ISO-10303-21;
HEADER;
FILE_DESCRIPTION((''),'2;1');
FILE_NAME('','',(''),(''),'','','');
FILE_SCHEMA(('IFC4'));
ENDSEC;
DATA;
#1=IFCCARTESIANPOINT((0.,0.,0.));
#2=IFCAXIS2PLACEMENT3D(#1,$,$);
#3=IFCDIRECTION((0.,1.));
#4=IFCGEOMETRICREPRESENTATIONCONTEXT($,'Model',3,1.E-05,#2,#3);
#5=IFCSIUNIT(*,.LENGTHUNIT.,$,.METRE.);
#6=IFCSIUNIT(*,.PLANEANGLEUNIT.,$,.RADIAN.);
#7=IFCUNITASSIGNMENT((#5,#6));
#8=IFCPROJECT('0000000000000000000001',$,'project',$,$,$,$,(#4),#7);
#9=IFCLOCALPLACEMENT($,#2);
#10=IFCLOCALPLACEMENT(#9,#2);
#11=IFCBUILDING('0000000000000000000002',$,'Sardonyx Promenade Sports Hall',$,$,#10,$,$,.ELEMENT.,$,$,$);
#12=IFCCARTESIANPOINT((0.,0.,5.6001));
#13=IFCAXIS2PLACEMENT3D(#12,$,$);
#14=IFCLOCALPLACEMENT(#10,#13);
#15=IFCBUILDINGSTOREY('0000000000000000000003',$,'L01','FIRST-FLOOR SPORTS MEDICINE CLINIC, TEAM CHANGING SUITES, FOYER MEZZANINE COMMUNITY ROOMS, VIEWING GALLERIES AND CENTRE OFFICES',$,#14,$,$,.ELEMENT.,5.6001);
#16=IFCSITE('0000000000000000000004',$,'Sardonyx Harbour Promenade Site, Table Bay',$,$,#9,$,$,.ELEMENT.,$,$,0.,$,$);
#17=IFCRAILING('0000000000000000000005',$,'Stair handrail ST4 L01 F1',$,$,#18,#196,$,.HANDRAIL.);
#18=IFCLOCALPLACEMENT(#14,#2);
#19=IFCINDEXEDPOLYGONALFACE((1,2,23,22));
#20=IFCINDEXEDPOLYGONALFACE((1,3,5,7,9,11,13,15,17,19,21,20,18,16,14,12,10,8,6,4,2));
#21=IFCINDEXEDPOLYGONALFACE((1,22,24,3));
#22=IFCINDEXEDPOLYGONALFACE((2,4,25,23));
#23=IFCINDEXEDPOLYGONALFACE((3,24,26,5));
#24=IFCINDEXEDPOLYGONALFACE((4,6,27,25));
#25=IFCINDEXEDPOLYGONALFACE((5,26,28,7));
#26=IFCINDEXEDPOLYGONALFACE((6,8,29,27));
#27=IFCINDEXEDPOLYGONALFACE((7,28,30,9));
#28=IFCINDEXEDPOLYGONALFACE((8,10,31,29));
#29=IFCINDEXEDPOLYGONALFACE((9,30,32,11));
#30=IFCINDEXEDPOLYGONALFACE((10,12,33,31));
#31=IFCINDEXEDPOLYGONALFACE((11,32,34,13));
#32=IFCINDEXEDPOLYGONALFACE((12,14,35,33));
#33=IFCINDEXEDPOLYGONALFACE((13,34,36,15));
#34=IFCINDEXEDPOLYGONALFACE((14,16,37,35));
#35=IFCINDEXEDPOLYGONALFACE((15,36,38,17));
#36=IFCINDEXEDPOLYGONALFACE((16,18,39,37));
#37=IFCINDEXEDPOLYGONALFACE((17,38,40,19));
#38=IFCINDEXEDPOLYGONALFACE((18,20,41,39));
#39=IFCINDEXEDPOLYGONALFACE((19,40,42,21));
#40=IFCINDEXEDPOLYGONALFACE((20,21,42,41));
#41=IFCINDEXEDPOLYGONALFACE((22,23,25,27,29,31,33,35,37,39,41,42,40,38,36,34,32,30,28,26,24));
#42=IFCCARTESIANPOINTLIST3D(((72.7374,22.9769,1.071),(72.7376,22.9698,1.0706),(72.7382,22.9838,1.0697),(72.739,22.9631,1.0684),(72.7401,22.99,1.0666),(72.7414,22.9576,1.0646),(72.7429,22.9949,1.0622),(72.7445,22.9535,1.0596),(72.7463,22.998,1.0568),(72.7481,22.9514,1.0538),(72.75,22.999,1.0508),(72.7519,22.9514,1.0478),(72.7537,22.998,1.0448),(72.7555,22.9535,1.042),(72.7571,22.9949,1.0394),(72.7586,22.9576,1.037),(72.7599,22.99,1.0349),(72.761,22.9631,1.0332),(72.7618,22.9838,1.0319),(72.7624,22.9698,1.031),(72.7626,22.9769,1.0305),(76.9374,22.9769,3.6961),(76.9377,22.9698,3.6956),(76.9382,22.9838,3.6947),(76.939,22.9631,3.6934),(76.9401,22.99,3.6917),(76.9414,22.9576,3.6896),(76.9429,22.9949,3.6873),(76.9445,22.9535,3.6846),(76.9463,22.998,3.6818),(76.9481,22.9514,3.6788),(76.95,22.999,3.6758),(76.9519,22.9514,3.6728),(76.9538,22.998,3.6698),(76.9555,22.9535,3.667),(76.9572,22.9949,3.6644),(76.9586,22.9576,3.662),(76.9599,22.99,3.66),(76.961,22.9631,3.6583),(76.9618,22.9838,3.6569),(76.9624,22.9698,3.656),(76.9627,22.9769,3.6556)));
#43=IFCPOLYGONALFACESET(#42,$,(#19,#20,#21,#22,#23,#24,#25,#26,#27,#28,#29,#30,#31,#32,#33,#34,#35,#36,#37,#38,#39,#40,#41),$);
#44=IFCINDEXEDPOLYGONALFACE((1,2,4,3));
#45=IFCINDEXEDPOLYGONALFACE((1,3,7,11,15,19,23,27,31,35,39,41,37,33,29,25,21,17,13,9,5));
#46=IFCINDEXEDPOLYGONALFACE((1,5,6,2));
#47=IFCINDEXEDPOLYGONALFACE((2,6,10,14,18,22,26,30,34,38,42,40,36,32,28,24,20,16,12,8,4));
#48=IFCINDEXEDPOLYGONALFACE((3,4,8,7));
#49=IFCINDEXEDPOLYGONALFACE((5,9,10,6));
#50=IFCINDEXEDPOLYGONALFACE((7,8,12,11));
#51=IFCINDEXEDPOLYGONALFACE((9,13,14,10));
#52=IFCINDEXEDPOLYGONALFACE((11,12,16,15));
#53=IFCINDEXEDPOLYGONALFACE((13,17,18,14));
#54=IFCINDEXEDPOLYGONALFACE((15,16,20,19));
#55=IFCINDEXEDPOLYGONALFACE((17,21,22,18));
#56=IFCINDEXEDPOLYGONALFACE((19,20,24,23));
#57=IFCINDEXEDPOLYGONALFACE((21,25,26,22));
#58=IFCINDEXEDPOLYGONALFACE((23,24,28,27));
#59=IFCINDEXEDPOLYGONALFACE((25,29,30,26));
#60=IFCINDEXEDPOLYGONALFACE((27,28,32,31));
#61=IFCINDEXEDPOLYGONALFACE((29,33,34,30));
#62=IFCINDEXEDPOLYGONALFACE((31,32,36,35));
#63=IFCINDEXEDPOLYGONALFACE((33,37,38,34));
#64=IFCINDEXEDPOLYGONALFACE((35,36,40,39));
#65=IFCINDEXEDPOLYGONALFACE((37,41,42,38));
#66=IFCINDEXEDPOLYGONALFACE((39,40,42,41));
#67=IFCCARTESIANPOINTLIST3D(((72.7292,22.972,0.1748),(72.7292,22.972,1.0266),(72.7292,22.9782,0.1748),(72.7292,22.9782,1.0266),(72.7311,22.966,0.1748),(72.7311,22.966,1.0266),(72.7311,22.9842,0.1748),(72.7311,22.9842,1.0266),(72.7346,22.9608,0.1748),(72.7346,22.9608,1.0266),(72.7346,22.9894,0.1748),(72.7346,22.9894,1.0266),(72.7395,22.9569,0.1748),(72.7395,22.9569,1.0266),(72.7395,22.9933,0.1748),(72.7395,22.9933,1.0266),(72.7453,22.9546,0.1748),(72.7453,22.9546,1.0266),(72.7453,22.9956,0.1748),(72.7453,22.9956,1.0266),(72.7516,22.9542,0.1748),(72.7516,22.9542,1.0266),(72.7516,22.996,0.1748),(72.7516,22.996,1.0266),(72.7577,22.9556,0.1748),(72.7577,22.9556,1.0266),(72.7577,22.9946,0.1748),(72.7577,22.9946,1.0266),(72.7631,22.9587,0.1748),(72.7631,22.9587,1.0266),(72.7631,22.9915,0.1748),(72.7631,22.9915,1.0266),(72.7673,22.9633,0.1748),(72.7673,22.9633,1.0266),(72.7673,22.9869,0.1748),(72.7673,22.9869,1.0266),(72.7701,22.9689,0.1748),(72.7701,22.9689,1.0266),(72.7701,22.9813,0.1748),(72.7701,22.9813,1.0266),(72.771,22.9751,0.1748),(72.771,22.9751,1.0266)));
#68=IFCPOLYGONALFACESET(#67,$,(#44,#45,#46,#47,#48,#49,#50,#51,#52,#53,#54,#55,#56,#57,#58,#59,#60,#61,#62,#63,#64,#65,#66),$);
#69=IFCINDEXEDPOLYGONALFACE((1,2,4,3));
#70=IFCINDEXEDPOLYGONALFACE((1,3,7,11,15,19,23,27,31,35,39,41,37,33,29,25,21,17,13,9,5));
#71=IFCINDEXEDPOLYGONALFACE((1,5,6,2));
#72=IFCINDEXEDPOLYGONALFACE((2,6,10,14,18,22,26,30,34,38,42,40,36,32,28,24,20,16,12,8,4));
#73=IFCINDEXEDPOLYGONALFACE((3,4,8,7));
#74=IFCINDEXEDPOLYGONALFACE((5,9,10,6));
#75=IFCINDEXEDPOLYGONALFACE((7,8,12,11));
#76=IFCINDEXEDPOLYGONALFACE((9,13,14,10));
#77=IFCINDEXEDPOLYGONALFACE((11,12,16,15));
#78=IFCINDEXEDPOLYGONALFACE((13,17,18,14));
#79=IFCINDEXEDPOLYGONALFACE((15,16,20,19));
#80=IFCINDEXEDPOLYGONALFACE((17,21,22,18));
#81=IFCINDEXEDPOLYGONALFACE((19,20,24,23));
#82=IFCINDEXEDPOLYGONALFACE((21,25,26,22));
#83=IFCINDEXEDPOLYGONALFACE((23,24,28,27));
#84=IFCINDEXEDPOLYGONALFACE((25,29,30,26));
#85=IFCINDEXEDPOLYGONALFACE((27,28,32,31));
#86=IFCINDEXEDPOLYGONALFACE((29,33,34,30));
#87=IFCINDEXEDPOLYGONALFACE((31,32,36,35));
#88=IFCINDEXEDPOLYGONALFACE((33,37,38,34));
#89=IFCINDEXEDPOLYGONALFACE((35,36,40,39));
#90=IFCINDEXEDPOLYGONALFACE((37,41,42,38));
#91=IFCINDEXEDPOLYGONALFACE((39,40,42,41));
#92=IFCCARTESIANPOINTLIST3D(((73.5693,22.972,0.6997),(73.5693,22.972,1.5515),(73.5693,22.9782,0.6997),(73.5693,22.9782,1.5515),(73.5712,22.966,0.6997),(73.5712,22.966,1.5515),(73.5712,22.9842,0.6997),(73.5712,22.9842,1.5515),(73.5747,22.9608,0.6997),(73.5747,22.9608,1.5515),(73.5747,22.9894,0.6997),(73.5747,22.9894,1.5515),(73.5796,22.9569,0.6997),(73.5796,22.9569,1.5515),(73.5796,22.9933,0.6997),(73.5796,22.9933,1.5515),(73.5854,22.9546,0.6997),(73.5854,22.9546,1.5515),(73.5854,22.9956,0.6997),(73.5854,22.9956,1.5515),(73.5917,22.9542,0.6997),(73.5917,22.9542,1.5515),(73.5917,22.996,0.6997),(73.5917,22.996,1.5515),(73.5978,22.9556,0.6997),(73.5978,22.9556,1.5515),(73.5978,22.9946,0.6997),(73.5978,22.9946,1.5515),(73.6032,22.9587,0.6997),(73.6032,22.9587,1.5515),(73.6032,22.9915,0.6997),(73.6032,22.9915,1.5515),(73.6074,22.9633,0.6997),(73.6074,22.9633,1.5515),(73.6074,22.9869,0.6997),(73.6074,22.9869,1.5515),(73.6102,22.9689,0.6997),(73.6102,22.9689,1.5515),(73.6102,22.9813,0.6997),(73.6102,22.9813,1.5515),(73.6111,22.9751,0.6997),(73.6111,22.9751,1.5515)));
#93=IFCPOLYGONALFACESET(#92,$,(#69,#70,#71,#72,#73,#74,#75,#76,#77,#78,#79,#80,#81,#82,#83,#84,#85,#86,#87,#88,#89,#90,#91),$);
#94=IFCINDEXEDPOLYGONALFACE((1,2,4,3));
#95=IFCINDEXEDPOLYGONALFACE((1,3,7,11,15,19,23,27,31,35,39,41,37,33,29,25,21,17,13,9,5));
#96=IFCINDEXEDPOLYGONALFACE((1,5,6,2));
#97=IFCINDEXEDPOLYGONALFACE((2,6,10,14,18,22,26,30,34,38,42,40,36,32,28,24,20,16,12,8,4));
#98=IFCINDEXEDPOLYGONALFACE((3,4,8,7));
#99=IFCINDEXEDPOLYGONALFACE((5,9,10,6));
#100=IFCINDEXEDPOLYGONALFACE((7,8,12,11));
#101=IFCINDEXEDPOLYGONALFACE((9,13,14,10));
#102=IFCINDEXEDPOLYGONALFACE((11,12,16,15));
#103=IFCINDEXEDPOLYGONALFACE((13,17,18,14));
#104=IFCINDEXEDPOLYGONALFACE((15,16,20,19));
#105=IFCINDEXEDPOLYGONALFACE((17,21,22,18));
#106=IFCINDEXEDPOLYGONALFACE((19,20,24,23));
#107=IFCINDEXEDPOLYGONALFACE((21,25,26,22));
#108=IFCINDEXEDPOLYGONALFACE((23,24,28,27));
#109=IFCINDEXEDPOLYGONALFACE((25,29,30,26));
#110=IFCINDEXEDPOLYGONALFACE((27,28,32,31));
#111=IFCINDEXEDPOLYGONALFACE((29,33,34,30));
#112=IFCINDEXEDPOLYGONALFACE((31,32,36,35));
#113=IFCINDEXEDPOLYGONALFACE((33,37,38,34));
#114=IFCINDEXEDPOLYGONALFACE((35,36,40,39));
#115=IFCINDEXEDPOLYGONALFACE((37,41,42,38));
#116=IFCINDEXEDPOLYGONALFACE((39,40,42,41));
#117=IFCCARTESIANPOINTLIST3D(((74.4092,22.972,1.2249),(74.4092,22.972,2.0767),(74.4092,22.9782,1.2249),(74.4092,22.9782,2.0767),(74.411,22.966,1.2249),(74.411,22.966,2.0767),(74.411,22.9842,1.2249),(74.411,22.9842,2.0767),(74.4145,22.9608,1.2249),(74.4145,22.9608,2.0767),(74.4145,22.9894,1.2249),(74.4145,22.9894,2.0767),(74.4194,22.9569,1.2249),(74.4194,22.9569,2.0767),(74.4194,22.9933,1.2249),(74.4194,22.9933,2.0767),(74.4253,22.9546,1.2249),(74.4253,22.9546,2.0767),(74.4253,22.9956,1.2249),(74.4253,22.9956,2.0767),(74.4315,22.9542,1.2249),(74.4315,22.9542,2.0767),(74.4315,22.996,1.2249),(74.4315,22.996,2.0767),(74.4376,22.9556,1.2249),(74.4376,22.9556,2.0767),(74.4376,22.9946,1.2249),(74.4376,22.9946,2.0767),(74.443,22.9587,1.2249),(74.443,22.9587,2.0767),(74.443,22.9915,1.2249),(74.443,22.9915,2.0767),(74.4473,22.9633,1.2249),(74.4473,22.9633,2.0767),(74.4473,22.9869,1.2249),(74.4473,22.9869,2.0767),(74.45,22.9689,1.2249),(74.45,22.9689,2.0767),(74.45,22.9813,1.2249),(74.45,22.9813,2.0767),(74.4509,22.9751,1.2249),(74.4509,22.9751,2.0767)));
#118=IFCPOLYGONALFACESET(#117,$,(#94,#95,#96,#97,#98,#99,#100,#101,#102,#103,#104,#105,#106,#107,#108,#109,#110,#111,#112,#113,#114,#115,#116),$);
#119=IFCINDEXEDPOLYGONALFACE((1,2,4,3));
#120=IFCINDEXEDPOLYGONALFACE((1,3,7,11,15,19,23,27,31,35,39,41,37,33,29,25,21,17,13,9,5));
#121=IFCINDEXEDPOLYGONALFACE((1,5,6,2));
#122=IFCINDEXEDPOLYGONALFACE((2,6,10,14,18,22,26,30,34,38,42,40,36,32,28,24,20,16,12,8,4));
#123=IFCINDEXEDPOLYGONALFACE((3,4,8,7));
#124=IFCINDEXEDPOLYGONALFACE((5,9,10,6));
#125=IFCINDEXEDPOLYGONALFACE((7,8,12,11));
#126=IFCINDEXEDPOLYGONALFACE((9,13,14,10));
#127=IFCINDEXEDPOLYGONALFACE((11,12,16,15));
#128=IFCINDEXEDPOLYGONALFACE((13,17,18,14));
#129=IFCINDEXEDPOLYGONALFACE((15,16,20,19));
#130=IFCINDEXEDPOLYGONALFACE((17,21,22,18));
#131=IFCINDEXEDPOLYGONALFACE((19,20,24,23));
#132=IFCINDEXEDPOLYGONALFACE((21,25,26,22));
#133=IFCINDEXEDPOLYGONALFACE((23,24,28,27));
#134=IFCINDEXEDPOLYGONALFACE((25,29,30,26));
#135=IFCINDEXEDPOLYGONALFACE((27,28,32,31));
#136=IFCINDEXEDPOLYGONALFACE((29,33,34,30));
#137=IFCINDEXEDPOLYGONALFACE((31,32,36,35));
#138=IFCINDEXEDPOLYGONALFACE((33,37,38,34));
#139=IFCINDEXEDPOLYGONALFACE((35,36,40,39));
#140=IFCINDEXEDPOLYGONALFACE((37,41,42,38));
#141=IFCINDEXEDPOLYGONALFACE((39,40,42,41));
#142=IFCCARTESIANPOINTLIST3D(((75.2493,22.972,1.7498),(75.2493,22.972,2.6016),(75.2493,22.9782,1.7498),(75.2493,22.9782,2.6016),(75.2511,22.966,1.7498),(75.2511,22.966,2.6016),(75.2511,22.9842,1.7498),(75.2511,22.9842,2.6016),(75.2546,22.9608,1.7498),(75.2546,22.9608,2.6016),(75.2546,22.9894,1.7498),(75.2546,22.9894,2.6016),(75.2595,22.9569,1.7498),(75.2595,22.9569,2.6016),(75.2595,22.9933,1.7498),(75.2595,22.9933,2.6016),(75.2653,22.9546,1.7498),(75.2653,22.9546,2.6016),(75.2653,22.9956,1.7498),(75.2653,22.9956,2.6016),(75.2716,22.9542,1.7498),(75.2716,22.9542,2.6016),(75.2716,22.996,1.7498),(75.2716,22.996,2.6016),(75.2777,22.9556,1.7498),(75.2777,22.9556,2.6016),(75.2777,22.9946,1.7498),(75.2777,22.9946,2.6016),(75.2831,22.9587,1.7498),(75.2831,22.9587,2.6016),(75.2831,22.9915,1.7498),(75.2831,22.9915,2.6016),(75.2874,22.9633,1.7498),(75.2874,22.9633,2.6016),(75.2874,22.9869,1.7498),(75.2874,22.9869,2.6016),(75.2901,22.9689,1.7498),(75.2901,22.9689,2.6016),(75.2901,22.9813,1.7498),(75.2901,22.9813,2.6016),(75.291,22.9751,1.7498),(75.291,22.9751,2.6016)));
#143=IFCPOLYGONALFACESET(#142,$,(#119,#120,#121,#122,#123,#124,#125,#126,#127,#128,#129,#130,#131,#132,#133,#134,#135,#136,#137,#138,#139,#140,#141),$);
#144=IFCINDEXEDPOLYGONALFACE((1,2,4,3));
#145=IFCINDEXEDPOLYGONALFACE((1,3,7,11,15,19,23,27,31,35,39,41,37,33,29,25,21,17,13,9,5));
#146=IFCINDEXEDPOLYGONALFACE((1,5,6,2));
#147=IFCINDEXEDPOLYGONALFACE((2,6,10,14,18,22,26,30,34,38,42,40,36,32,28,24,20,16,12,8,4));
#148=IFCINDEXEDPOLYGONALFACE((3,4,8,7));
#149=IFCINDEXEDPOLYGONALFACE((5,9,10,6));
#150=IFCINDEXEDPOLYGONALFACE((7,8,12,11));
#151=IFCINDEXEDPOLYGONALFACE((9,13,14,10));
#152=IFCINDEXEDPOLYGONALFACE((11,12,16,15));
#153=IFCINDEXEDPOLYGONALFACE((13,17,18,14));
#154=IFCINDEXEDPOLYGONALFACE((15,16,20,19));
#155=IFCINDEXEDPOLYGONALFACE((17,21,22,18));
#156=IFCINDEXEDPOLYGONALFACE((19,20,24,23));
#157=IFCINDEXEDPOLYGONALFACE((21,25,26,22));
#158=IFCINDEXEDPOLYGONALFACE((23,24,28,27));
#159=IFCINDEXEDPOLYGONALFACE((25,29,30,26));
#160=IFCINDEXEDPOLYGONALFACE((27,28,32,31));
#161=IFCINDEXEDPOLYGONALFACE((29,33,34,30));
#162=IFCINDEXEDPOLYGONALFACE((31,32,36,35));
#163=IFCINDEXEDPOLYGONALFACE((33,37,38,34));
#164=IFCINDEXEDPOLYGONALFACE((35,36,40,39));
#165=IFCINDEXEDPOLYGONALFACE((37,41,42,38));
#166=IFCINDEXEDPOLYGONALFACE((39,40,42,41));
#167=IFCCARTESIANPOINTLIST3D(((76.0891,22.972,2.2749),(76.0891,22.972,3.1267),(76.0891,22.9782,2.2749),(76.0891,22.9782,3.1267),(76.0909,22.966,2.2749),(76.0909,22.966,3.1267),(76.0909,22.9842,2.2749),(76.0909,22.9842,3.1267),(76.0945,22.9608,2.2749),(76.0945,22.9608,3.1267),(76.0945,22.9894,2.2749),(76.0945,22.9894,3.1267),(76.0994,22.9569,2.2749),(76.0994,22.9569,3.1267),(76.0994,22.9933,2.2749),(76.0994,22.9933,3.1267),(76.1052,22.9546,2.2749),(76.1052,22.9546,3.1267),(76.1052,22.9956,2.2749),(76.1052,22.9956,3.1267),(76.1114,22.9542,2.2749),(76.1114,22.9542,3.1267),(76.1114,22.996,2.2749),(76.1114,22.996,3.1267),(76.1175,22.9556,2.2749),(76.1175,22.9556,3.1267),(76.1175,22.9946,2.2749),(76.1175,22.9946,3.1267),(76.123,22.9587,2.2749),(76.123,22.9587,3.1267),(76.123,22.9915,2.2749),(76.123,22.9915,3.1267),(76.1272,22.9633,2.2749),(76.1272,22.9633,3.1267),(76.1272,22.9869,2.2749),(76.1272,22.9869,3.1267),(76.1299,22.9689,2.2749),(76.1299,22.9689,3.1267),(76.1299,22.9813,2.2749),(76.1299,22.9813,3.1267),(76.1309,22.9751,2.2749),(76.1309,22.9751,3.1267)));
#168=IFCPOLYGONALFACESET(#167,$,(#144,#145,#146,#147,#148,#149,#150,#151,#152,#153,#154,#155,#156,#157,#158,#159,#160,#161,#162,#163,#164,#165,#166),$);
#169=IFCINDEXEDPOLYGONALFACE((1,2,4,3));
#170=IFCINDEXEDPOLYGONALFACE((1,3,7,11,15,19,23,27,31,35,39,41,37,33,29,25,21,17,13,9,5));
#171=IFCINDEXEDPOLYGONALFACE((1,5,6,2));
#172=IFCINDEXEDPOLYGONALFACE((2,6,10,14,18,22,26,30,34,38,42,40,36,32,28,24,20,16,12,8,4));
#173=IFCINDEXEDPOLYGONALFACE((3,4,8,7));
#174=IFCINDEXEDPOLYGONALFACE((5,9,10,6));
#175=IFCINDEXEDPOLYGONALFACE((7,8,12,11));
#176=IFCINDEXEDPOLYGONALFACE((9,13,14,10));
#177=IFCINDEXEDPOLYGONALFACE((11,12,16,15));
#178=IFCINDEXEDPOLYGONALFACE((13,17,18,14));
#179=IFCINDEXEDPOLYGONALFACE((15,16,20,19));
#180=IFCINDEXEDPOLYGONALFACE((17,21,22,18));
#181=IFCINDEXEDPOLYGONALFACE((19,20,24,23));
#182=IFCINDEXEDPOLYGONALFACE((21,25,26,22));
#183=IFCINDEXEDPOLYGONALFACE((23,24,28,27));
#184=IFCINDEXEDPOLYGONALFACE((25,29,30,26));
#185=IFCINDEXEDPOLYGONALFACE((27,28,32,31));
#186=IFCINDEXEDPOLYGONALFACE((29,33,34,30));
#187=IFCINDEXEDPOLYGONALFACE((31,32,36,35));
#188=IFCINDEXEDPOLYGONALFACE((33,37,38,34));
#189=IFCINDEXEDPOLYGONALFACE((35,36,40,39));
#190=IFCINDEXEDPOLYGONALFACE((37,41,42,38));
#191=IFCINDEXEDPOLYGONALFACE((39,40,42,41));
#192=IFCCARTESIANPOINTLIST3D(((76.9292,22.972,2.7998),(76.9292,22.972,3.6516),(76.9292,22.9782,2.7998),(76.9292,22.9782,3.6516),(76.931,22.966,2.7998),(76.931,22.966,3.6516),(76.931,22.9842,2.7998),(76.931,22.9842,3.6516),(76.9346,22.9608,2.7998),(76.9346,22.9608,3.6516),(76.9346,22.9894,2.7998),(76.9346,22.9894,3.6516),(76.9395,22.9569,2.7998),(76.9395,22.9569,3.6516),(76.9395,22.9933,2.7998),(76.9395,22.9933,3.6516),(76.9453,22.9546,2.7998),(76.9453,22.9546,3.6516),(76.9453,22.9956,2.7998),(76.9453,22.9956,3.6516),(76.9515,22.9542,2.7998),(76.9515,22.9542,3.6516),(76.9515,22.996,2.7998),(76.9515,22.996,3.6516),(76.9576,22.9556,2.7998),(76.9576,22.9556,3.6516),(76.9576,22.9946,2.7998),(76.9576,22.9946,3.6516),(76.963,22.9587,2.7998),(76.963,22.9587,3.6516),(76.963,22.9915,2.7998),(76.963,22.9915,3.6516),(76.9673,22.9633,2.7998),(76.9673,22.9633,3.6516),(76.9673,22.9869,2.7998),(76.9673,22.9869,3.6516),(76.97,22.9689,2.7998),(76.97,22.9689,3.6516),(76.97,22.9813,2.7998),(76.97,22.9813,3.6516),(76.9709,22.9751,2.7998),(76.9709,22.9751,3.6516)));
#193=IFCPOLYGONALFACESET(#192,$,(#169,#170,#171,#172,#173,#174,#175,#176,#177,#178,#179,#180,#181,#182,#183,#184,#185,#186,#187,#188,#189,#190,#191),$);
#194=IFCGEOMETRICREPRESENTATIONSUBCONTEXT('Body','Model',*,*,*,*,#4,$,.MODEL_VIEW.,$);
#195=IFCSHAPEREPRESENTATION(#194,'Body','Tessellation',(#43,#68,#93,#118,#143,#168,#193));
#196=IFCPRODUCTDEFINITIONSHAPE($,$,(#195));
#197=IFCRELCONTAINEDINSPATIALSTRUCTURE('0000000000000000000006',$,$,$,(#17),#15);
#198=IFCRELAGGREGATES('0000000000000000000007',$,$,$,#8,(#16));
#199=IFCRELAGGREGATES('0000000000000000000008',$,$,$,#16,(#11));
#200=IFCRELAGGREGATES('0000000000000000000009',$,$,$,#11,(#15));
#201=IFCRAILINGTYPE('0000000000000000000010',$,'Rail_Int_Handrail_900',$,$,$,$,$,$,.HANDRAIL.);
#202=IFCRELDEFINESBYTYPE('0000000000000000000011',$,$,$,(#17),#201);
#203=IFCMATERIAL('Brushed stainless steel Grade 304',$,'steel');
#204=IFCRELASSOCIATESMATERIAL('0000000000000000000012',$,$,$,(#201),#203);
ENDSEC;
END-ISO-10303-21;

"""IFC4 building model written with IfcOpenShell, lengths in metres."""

from ifc_helpers import new_model, si_unit, direction, frame, origin, origin_2d, place, context, subcontext, project, spatial, circle, extrude, material, type_object, element, save


model = new_model("IFC4")

# Units and contexts
model_context = context("Model", 3, precision=1e-05, world=origin(), true_north=direction((0.0, 1.0)))
body_context = subcontext(model_context, "Body", "Model", "MODEL_VIEW")
ifc_project = project(units=[si_unit("LENGTHUNIT", "METRE"), si_unit("PLANEANGLEUNIT", "RADIAN")], contexts=[model_context])

# Site, building, storey
site_placement = place(None, origin())
site = spatial("IfcSite", under=ifc_project, at=site_placement, Name="Sardonyx Harbour Promenade Site, Table Bay", CompositionType="ELEMENT", RefElevation=0.0)
building_placement = place(site_placement, origin())
building = spatial("IfcBuilding", under=site, at=building_placement, Name="Sardonyx Promenade Sports Hall", CompositionType="ELEMENT")
storey_placement = place(building_placement, frame((0.0, 0.0, 5.6001)))
storey = spatial("IfcBuildingStorey", under=building, at=storey_placement, Name="L01", Description="FIRST-FLOOR SPORTS MEDICINE CLINIC, TEAM CHANGING SUITES, FOYER MEZZANINE COMMUNITY ROOMS, VIEWING GALLERIES AND CENTRE OFFICES", CompositionType="ELEMENT", Elevation=5.6001)

# Railing
ifc_material_1 = material(Name="Brushed stainless steel Grade 304", Category="steel")
railing_type_1 = type_object("IfcRailingType", Name="Rail_Int_Handrail_900", PredefinedType="HANDRAIL", material=ifc_material_1)
railing_1_placement = place(storey_placement, frame((72.75, 22.9751, 0.1748)))
element("IfcRailing", 1, at=railing_1_placement, inside=storey, type_object=railing_type_1, Name="Stair handrail ST4 L01 F1", PredefinedType="HANDRAIL", context=body_context, shape_type="SweptSolid", body=[
    extrude(circle(Radius=0.0239, at=origin_2d()), frame((0.0, 0.0, 0.876), z_axis=(0.847996, 0.0, 0.530003), x_axis=(0.0, 1.0, 0.0)), (0.0, 0.0, 1.0), 4.9529),
    extrude(circle(Radius=0.021, at=origin_2d()), origin(), (0.0, 0.0, 1.0), 0.8518),
    extrude(circle(Radius=0.021, at=origin_2d()), frame((0.8401, 0.0, 0.5249)), (0.0, 0.0, 1.0), 0.8518),
    extrude(circle(Radius=0.021, at=origin_2d()), frame((1.6799, 0.0, 1.05)), (0.0, 0.0, 1.0), 0.8518),
    extrude(circle(Radius=0.021, at=origin_2d()), frame((2.52, 0.0, 1.575)), (0.0, 0.0, 1.0), 0.8518),
    extrude(circle(Radius=0.021, at=origin_2d()), frame((3.3599, 0.0, 2.1001)), (0.0, 0.0, 1.0), 0.8518),
    extrude(circle(Radius=0.021, at=origin_2d()), frame((4.2, 0.0, 2.625)), (0.0, 0.0, 1.0), 0.8518),
])

save(model, "model.ifc")
